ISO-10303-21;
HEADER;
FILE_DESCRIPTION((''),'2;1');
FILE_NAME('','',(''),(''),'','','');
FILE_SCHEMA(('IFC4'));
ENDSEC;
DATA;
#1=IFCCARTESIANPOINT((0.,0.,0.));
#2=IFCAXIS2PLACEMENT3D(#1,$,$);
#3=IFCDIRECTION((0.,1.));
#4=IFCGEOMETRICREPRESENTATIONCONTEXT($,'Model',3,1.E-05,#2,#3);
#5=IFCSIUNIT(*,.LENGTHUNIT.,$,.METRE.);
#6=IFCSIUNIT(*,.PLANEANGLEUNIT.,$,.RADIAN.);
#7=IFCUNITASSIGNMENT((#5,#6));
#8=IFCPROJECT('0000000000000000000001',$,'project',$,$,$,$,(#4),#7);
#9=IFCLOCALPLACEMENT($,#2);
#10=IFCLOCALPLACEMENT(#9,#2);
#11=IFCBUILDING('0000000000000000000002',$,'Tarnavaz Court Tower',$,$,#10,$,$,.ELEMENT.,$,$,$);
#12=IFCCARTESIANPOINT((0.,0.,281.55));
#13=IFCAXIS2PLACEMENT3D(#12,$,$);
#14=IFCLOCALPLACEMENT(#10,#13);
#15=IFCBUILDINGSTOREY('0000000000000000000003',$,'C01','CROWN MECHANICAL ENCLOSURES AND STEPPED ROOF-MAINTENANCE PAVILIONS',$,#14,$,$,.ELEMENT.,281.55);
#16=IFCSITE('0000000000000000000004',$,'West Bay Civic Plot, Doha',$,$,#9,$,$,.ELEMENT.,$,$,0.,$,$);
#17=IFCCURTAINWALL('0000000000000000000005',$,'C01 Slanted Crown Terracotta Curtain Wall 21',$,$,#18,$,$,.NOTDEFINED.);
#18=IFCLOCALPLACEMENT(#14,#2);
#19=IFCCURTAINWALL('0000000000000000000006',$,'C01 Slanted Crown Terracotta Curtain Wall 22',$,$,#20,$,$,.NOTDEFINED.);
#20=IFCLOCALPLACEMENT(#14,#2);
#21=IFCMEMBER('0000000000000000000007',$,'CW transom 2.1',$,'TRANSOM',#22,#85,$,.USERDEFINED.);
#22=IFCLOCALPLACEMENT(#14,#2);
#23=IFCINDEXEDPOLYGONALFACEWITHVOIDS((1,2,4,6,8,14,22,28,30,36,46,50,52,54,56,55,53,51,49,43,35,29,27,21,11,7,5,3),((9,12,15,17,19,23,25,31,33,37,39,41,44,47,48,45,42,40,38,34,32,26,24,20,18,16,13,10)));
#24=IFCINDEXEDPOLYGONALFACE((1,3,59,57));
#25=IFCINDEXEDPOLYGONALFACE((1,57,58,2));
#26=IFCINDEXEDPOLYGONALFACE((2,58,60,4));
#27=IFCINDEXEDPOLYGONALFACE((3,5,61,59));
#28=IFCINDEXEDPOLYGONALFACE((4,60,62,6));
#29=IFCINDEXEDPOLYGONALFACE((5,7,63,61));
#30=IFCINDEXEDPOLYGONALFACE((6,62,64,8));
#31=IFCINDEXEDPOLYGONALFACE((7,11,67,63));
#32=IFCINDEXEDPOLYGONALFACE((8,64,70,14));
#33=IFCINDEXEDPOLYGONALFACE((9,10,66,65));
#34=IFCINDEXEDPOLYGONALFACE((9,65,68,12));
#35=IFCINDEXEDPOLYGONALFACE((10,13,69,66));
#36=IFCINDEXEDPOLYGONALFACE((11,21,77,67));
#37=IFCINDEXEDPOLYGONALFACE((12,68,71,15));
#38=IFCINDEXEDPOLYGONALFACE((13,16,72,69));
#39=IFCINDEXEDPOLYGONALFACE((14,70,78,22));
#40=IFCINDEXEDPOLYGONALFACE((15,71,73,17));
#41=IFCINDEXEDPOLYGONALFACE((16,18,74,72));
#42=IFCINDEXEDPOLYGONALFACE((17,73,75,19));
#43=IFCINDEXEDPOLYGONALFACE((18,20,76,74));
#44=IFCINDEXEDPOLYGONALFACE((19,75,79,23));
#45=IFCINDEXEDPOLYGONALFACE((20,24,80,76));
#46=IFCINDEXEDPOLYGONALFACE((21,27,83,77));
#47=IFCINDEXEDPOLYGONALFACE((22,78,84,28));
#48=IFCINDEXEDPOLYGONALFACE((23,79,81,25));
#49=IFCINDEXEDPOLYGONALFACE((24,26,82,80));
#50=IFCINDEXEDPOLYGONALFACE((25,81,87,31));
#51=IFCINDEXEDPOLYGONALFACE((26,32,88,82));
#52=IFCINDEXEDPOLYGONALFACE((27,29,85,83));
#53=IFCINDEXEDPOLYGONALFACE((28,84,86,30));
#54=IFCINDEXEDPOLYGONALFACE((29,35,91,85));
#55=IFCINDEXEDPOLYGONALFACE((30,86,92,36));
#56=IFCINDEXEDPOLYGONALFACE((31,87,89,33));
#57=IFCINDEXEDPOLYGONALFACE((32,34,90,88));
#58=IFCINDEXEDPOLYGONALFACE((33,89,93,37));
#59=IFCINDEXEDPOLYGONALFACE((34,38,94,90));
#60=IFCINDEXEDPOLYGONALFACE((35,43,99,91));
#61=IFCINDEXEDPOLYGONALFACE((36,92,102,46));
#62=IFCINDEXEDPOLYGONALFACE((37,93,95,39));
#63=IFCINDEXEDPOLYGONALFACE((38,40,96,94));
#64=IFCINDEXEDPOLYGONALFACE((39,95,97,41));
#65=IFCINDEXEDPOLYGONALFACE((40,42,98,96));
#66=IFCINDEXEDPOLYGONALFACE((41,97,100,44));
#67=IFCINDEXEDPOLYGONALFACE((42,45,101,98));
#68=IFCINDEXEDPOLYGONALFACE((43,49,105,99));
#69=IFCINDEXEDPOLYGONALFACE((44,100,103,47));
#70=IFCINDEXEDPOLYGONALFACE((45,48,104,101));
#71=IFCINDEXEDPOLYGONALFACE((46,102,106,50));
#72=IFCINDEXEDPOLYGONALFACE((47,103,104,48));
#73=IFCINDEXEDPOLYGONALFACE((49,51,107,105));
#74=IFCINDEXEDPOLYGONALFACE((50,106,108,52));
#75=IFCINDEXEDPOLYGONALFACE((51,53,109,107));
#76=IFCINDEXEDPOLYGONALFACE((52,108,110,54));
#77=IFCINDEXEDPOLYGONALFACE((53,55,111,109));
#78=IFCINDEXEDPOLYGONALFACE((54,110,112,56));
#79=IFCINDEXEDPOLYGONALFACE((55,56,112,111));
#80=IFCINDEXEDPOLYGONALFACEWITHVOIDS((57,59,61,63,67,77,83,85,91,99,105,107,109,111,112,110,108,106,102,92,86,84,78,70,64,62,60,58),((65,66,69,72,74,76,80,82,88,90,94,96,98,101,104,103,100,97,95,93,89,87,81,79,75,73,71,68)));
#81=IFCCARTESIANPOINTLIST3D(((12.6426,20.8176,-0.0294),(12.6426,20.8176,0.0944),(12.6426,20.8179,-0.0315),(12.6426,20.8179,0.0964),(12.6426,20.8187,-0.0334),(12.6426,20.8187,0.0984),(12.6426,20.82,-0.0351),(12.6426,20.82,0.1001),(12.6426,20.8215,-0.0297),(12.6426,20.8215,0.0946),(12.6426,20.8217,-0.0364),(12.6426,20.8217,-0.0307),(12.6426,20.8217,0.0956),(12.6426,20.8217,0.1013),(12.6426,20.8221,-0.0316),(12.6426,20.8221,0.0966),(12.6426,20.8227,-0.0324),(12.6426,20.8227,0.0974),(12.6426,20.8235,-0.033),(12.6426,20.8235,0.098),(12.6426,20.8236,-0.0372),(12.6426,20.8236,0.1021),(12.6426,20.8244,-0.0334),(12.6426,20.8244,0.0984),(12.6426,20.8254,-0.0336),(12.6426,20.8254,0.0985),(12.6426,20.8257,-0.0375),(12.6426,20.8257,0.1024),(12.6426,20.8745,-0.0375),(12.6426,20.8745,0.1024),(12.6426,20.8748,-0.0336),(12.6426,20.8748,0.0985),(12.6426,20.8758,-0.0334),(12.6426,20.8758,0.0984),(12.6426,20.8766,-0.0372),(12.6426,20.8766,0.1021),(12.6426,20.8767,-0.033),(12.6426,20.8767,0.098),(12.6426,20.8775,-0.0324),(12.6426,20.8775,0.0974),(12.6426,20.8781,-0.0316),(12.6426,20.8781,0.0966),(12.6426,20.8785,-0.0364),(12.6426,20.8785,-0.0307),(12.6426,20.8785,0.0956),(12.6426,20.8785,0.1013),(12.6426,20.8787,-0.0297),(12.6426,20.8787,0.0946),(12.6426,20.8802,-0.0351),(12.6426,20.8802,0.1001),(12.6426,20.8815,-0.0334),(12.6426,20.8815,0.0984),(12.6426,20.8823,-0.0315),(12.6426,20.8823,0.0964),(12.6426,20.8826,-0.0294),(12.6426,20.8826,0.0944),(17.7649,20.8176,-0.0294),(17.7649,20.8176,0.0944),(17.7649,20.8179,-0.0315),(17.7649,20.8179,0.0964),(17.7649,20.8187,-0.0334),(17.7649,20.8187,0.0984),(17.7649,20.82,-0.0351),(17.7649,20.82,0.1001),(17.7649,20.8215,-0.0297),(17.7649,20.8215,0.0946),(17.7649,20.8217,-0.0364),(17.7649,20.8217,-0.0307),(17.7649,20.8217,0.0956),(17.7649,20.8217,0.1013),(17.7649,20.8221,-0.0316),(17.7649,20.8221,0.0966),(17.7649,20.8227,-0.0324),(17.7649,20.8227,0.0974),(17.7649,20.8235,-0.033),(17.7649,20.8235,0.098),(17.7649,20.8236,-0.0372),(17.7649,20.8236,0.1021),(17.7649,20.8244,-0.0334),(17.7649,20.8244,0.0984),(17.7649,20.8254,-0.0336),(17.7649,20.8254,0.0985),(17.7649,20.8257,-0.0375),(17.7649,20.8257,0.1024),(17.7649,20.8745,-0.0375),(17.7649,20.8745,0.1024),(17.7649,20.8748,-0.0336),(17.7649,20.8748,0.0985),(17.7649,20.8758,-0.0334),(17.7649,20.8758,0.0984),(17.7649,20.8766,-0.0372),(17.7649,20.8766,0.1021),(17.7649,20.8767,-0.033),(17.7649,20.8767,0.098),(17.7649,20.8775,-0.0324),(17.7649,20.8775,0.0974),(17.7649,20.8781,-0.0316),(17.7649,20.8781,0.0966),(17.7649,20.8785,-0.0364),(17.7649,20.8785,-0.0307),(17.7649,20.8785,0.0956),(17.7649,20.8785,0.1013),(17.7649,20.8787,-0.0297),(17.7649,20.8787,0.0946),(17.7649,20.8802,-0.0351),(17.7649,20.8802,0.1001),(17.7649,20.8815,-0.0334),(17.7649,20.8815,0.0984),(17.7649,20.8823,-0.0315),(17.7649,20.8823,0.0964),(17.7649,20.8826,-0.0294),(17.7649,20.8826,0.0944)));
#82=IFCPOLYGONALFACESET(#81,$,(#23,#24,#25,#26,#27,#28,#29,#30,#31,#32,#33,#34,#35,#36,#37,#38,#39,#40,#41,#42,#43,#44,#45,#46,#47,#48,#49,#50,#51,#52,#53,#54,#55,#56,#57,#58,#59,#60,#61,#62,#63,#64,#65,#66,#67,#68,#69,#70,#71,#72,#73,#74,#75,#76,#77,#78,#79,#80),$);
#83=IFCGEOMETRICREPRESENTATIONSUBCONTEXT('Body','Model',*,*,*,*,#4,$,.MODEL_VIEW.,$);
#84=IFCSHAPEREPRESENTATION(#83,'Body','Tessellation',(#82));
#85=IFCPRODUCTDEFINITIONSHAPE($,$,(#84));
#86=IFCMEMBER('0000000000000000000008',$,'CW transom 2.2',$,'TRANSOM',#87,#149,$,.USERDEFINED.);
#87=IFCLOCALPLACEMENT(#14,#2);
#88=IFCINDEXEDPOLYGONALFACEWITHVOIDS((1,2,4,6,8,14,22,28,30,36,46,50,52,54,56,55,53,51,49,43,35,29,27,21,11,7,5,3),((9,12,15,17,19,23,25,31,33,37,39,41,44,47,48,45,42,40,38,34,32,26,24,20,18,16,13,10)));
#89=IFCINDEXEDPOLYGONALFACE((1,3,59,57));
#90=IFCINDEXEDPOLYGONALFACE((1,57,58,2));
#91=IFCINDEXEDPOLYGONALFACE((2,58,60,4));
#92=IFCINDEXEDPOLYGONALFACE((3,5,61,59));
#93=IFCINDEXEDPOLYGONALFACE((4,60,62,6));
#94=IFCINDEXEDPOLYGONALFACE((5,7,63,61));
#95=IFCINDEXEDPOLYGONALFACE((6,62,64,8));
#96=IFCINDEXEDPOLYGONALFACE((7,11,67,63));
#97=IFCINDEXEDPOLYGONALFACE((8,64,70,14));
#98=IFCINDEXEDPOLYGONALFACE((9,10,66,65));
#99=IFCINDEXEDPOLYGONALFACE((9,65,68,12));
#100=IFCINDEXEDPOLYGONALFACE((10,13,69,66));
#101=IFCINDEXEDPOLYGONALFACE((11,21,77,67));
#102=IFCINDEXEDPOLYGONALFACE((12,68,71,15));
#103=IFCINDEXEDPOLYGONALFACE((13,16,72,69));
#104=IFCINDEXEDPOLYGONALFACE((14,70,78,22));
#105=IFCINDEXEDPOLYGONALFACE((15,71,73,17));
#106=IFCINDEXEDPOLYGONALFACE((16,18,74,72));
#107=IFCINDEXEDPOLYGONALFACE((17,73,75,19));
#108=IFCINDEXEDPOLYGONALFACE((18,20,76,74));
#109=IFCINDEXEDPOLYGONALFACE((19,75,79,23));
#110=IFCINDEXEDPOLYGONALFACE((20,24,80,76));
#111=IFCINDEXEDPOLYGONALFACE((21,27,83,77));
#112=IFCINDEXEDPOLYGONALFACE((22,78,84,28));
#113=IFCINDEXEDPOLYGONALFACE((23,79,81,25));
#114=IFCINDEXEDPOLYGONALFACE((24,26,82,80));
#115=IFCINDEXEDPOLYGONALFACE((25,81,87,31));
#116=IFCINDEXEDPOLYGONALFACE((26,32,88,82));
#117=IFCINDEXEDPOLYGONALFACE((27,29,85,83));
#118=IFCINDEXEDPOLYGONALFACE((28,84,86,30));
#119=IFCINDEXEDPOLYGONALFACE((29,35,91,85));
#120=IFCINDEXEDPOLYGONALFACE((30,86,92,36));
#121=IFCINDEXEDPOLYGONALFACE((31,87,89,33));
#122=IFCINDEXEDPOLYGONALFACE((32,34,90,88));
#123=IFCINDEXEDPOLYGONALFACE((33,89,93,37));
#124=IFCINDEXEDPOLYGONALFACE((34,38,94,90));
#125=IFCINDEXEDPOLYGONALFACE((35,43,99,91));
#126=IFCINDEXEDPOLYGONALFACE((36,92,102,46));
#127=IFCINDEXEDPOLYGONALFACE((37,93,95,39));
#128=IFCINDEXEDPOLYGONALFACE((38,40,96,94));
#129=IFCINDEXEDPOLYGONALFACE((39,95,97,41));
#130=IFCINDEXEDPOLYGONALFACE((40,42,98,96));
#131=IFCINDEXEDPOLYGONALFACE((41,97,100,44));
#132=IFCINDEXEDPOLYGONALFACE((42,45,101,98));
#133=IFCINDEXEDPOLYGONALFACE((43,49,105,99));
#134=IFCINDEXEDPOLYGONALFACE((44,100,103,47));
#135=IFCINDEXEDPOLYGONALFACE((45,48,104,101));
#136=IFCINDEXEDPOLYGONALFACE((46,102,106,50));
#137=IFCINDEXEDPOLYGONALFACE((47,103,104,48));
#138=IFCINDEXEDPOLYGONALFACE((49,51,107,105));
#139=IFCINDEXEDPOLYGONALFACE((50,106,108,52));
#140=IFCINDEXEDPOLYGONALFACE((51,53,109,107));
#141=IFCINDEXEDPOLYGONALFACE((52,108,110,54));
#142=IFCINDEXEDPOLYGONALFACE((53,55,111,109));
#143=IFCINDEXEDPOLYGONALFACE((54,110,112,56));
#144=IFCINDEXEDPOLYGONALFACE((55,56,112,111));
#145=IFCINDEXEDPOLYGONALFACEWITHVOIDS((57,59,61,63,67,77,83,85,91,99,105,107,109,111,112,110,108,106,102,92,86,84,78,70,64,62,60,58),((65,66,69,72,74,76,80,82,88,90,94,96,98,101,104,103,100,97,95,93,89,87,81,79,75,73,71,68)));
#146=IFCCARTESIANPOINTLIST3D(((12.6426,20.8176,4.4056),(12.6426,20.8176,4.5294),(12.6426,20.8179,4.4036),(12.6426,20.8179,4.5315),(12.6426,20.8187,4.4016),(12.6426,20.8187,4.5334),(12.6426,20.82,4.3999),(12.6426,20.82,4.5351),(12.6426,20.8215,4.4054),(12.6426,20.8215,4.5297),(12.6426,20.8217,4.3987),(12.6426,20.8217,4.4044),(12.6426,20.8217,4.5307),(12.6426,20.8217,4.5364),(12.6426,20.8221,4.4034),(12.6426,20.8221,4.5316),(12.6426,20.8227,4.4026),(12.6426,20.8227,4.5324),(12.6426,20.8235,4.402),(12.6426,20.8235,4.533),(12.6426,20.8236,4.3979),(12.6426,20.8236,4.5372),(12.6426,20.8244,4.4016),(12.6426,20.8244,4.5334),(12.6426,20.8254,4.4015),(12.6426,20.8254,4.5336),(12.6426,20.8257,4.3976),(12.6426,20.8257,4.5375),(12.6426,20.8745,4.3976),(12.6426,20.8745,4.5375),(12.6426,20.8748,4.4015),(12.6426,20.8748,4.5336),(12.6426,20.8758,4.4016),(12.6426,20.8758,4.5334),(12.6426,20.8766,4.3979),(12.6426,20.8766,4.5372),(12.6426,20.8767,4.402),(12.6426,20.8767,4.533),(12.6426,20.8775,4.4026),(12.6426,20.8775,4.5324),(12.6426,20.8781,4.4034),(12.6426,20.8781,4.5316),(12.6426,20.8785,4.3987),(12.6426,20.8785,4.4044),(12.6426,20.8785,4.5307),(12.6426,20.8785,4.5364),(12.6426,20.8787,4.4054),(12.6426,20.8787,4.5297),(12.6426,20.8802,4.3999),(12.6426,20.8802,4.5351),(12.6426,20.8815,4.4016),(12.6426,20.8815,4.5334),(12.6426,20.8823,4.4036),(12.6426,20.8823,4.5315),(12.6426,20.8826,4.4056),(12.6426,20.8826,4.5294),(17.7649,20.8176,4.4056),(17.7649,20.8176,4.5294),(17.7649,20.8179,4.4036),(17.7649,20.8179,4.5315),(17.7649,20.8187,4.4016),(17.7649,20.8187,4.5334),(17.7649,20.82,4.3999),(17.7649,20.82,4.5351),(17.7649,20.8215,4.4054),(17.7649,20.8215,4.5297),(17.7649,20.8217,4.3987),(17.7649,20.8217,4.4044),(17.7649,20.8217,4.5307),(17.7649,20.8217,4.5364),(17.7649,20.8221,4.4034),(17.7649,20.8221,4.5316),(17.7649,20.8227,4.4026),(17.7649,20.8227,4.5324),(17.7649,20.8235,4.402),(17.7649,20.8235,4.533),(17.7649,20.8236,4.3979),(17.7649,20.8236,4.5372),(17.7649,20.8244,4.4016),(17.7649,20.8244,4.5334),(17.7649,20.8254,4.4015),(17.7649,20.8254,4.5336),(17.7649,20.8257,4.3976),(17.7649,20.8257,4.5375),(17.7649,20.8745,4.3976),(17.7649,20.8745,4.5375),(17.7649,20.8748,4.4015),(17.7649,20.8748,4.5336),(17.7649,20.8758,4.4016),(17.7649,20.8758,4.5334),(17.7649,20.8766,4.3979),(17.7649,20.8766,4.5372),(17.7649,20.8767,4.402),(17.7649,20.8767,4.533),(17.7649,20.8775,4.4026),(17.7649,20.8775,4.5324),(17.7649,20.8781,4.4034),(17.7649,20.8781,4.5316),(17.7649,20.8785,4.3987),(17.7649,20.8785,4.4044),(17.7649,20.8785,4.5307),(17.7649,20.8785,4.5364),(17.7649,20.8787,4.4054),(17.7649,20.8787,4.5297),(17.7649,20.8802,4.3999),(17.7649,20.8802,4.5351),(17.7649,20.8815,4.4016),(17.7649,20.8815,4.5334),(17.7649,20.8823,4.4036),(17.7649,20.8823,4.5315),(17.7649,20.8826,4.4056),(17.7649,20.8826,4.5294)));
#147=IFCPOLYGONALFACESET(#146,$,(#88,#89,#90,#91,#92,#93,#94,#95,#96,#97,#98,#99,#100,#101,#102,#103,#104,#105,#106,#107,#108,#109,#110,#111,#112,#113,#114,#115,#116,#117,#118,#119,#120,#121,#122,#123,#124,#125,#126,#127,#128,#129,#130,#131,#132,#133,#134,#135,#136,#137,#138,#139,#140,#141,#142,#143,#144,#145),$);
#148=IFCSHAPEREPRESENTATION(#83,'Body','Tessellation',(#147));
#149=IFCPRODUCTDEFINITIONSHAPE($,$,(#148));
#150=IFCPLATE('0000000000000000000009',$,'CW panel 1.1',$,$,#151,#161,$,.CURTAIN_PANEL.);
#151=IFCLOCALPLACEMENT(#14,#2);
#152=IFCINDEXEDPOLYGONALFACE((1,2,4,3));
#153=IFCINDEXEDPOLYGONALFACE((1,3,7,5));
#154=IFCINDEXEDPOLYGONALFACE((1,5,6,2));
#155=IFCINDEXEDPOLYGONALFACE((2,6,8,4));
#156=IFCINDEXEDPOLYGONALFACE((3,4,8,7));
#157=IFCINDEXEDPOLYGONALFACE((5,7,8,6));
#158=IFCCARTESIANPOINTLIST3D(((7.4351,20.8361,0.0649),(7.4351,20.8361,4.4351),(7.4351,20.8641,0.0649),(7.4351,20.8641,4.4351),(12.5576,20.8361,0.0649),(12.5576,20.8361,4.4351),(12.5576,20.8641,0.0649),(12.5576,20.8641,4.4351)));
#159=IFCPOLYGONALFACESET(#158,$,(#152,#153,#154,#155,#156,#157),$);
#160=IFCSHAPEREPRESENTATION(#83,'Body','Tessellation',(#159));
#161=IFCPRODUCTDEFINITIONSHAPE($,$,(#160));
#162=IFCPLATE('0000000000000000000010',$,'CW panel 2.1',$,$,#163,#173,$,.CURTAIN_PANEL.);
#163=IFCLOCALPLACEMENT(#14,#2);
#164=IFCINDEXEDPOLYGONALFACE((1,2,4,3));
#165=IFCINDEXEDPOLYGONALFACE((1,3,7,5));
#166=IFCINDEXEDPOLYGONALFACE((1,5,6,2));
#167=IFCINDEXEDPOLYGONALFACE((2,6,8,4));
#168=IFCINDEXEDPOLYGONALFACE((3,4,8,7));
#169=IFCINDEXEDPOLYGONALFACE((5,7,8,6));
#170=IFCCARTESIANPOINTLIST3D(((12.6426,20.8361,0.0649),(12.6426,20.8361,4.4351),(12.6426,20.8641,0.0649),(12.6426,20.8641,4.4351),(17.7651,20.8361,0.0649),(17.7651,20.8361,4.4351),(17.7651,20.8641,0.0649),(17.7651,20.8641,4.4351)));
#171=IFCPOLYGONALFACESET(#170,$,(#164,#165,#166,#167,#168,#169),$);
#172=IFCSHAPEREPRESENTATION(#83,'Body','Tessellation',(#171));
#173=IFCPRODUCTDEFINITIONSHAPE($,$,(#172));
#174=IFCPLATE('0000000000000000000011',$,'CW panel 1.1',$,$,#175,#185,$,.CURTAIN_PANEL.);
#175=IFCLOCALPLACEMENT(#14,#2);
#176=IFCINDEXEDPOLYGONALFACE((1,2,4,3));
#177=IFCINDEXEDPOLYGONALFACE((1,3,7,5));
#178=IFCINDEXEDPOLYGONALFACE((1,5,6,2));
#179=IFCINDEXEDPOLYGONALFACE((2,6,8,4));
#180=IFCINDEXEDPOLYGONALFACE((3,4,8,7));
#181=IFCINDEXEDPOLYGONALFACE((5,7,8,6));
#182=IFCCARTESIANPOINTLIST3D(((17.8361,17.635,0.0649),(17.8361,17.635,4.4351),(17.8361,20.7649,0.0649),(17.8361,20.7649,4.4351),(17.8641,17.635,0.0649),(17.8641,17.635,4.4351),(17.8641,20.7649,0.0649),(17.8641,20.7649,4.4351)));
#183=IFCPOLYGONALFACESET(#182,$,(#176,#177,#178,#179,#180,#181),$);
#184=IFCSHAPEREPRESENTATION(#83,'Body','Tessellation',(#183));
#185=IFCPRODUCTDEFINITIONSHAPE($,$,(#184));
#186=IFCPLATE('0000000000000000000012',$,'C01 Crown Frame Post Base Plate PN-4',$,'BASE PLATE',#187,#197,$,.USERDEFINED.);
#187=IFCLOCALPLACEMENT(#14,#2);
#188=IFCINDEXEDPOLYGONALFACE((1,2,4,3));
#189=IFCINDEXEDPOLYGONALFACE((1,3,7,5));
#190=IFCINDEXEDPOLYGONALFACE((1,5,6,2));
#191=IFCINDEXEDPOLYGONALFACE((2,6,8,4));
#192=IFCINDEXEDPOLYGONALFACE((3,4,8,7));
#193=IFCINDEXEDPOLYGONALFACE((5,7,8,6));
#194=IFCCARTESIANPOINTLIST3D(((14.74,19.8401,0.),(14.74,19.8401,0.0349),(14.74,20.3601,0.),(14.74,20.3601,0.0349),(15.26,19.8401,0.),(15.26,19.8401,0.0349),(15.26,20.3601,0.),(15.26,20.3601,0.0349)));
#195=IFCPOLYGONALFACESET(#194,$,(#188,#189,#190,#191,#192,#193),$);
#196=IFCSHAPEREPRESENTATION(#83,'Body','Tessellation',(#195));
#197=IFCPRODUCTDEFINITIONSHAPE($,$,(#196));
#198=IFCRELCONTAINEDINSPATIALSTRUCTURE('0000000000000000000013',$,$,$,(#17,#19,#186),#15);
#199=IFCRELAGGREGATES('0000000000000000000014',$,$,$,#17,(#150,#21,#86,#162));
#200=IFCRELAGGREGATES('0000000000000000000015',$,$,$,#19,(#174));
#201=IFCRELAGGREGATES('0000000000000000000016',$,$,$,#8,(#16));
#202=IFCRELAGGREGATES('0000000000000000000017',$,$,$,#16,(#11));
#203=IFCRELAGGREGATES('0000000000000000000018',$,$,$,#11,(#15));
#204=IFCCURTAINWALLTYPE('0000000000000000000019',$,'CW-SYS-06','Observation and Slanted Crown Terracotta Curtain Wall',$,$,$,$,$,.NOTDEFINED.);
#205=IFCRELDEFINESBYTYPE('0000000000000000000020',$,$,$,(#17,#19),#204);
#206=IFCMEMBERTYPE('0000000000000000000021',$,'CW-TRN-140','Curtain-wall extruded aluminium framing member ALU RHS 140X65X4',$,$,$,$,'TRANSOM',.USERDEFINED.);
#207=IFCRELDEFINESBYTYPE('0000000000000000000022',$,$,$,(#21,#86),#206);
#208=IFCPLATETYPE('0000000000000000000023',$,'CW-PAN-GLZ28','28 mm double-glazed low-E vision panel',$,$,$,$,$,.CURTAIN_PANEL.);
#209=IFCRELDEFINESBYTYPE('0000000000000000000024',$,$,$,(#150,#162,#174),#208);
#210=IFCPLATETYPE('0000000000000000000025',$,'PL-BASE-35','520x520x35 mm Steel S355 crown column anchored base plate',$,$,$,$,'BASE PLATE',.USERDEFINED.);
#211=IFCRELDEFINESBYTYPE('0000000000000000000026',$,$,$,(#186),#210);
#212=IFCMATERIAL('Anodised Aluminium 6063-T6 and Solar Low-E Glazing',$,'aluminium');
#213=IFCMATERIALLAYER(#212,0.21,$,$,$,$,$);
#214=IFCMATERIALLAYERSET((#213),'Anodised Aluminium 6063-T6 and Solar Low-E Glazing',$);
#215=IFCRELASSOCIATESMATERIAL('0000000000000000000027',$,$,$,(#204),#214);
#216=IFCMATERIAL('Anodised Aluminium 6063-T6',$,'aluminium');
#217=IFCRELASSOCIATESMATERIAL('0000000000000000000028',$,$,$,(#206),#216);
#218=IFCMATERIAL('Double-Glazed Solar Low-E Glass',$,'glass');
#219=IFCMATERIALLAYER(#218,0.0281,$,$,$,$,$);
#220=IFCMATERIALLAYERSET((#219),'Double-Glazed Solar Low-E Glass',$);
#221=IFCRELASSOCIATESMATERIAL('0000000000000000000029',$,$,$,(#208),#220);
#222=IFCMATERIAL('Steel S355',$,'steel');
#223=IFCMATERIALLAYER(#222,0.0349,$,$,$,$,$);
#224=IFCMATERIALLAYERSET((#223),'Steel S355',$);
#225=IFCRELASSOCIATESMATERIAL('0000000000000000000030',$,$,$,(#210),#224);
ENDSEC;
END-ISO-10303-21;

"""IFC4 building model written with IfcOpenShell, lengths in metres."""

from ifc_helpers import new_model, si_unit, direction, frame, origin, origin_2d, place, context, subcontext, project, spatial, rectangle, hollow_rectangle, extrude, material, layer, layer_set, material_profile, profile_set, type_object, element, aggregate, save


model = new_model("IFC4")

# Units and contexts
model_context = context("Model", 3, precision=1e-05, world=origin(), true_north=direction((0.0, 1.0)))
body_context = subcontext(model_context, "Body", "Model", "MODEL_VIEW")
ifc_project = project(units=[si_unit("LENGTHUNIT", "METRE"), si_unit("PLANEANGLEUNIT", "RADIAN")], contexts=[model_context])

# Site, building, storey
site_placement = place(None, origin())
site = spatial("IfcSite", under=ifc_project, at=site_placement, Name="West Bay Civic Plot, Doha", CompositionType="ELEMENT", RefElevation=0.0)
building_placement = place(site_placement, origin())
building = spatial("IfcBuilding", under=site, at=building_placement, Name="Tarnavaz Court Tower", CompositionType="ELEMENT")
storey_placement = place(building_placement, frame((0.0, 0.0, 281.55)))
storey = spatial("IfcBuildingStorey", under=building, at=storey_placement, Name="C01", Description="CROWN MECHANICAL ENCLOSURES AND STEPPED ROOF-MAINTENANCE PAVILIONS", CompositionType="ELEMENT", Elevation=281.55)

# Shared definitions
ifc_material_1 = material(Name="Steel S355", Category="steel")

# Curtain wall
ifc_material_2 = material(Name="Anodised Aluminium 6063-T6 and Solar Low-E Glazing", Category="aluminium")
ifc_layer_1 = layer(ifc_material_2, 0.21)
ifc_layer_set_1 = layer_set([ifc_layer_1], Name="Anodised Aluminium 6063-T6 and Solar Low-E Glazing")
curtain_wall_type = type_object("IfcCurtainWallType", Name="CW-SYS-06", Description="Observation and Slanted Crown Terracotta Curtain Wall", PredefinedType="NOTDEFINED", material=ifc_layer_set_1)
curtain_wall_1_placement = place(storey_placement, origin())
curtain_wall_1 = element("IfcCurtainWall", 1, at=curtain_wall_1_placement, inside=storey, type_object=curtain_wall_type, Name="C01 Slanted Crown Terracotta Curtain Wall 21", PredefinedType="NOTDEFINED")
ifc_material_3 = material(Name="Anodised Aluminium 6063-T6", Category="aluminium")

# Curtain wall
curtain_wall_2_placement = place(storey_placement, origin())
curtain_wall_2 = element("IfcCurtainWall", 2, at=curtain_wall_2_placement, inside=storey, type_object=curtain_wall_type, Name="C01 Slanted Crown Terracotta Curtain Wall 22", PredefinedType="NOTDEFINED")

# Members
ifc_material_profile_1 = material_profile(ifc_material_3, hollow_rectangle(XDim=0.0649, YDim=0.1399, WallThickness=0.0039, InnerFilletRadius=0.0039, OuterFilletRadius=0.0081, at=origin_2d()), Name="ALU RHS 140X65X4")
ifc_profile_set_1 = profile_set([ifc_material_profile_1], Name="Anodised Aluminium 6063-T6")
member_type_1 = type_object("IfcMemberType", Name="CW-TRN-140", Description="Curtain-wall extruded aluminium framing member ALU RHS 140X65X4", ElementType="TRANSOM", PredefinedType="USERDEFINED", material=ifc_profile_set_1)
member_1_placement = place(storey_placement, frame((12.6426, 20.8501, 0.0325), z_axis=(1.0, 0.0, 0.0), x_axis=(0.0, 1.0, 0.0)))
member_1 = element("IfcMember", 3, at=member_1_placement, type_object=member_type_1, Name="CW transom 2.1", ObjectType="TRANSOM", PredefinedType="USERDEFINED", context=body_context, shape_type="SweptSolid", body=[
    extrude(hollow_rectangle(XDim=0.0649, YDim=0.1399, WallThickness=0.0039, InnerFilletRadius=0.0039, OuterFilletRadius=0.0081, at=origin_2d()), origin(), (0.0, 0.0, 1.0), 5.1223),
])
member_2_placement = place(storey_placement, frame((12.6426, 20.8501, 4.4675), z_axis=(1.0, 0.0, 0.0), x_axis=(0.0, 1.0, 0.0)))
member_2 = element("IfcMember", 4, at=member_2_placement, type_object=member_type_1, Name="CW transom 2.2", ObjectType="TRANSOM", PredefinedType="USERDEFINED", context=body_context, shape_type="SweptSolid", body=[
    extrude(hollow_rectangle(XDim=0.0649, YDim=0.1399, WallThickness=0.0039, InnerFilletRadius=0.0039, OuterFilletRadius=0.0081, at=origin_2d()), origin(), (0.0, 0.0, 1.0), 5.1223),
])

# Plates
ifc_material_4 = material(Name="Double-Glazed Solar Low-E Glass", Category="glass")
ifc_layer_2 = layer(ifc_material_4, 0.0281)
ifc_layer_set_2 = layer_set([ifc_layer_2], Name="Double-Glazed Solar Low-E Glass")
plate_type_1 = type_object("IfcPlateType", Name="CW-PAN-GLZ28", Description="28 mm double-glazed low-E vision panel", PredefinedType="CURTAIN_PANEL", material=ifc_layer_set_2)
plate_1_placement = place(storey_placement, frame((9.9963, 20.8501, 0.0649), z_axis=(0.0, 0.0, 1.0), x_axis=(1.0, 0.0, 0.0)))
plate_1 = element("IfcPlate", 5, at=plate_1_placement, type_object=plate_type_1, Name="CW panel 1.1", PredefinedType="CURTAIN_PANEL", context=body_context, shape_type="SweptSolid", body=[
    extrude(rectangle(XDim=5.1226, YDim=0.0281, at=origin_2d()), origin(), (0.0, 0.0, 1.0), 4.3701),
])
plate_2_placement = place(storey_placement, frame((15.2039, 20.8501, 0.0649), z_axis=(0.0, 0.0, 1.0), x_axis=(1.0, 0.0, 0.0)))
plate_2 = element("IfcPlate", 6, at=plate_2_placement, type_object=plate_type_1, Name="CW panel 2.1", PredefinedType="CURTAIN_PANEL", context=body_context, shape_type="SweptSolid", body=[
    extrude(rectangle(XDim=5.1226, YDim=0.0281, at=origin_2d()), origin(), (0.0, 0.0, 1.0), 4.3701),
])
aggregate(curtain_wall_1, [plate_1, member_1, member_2, plate_2])
plate_3_placement = place(storey_placement, frame((17.8501, 19.2, 0.0649), z_axis=(0.0, 0.0, 1.0), x_axis=(0.0, -1.0, 0.0)))
plate_3 = element("IfcPlate", 7, at=plate_3_placement, type_object=plate_type_1, Name="CW panel 1.1", PredefinedType="CURTAIN_PANEL", context=body_context, shape_type="SweptSolid", body=[
    extrude(rectangle(XDim=3.1299, YDim=0.0281, at=origin_2d()), origin(), (0.0, 0.0, 1.0), 4.3701),
])
aggregate(curtain_wall_2, [plate_3])
ifc_layer_3 = layer(ifc_material_1, 0.0349)
ifc_layer_set_3 = layer_set([ifc_layer_3], Name="Steel S355")
plate_type_2 = type_object("IfcPlateType", Name="PL-BASE-35", Description="520x520x35 mm Steel S355 crown column anchored base plate", ElementType="BASE PLATE", PredefinedType="USERDEFINED", material=ifc_layer_set_3)
plate_4_placement = place(storey_placement, frame((15.0, 20.1001, 0.0), z_axis=(0.0, 0.0, 1.0), x_axis=(1.0, 0.0, 0.0)))
element("IfcPlate", 8, at=plate_4_placement, inside=storey, type_object=plate_type_2, Name="C01 Crown Frame Post Base Plate PN-4", ObjectType="BASE PLATE", PredefinedType="USERDEFINED", context=body_context, shape_type="SweptSolid", body=[
    extrude(rectangle(XDim=0.52, YDim=0.52, at=origin_2d()), origin(), (0.0, 0.0, 1.0), 0.0349),
])

save(model, "model.ifc")
